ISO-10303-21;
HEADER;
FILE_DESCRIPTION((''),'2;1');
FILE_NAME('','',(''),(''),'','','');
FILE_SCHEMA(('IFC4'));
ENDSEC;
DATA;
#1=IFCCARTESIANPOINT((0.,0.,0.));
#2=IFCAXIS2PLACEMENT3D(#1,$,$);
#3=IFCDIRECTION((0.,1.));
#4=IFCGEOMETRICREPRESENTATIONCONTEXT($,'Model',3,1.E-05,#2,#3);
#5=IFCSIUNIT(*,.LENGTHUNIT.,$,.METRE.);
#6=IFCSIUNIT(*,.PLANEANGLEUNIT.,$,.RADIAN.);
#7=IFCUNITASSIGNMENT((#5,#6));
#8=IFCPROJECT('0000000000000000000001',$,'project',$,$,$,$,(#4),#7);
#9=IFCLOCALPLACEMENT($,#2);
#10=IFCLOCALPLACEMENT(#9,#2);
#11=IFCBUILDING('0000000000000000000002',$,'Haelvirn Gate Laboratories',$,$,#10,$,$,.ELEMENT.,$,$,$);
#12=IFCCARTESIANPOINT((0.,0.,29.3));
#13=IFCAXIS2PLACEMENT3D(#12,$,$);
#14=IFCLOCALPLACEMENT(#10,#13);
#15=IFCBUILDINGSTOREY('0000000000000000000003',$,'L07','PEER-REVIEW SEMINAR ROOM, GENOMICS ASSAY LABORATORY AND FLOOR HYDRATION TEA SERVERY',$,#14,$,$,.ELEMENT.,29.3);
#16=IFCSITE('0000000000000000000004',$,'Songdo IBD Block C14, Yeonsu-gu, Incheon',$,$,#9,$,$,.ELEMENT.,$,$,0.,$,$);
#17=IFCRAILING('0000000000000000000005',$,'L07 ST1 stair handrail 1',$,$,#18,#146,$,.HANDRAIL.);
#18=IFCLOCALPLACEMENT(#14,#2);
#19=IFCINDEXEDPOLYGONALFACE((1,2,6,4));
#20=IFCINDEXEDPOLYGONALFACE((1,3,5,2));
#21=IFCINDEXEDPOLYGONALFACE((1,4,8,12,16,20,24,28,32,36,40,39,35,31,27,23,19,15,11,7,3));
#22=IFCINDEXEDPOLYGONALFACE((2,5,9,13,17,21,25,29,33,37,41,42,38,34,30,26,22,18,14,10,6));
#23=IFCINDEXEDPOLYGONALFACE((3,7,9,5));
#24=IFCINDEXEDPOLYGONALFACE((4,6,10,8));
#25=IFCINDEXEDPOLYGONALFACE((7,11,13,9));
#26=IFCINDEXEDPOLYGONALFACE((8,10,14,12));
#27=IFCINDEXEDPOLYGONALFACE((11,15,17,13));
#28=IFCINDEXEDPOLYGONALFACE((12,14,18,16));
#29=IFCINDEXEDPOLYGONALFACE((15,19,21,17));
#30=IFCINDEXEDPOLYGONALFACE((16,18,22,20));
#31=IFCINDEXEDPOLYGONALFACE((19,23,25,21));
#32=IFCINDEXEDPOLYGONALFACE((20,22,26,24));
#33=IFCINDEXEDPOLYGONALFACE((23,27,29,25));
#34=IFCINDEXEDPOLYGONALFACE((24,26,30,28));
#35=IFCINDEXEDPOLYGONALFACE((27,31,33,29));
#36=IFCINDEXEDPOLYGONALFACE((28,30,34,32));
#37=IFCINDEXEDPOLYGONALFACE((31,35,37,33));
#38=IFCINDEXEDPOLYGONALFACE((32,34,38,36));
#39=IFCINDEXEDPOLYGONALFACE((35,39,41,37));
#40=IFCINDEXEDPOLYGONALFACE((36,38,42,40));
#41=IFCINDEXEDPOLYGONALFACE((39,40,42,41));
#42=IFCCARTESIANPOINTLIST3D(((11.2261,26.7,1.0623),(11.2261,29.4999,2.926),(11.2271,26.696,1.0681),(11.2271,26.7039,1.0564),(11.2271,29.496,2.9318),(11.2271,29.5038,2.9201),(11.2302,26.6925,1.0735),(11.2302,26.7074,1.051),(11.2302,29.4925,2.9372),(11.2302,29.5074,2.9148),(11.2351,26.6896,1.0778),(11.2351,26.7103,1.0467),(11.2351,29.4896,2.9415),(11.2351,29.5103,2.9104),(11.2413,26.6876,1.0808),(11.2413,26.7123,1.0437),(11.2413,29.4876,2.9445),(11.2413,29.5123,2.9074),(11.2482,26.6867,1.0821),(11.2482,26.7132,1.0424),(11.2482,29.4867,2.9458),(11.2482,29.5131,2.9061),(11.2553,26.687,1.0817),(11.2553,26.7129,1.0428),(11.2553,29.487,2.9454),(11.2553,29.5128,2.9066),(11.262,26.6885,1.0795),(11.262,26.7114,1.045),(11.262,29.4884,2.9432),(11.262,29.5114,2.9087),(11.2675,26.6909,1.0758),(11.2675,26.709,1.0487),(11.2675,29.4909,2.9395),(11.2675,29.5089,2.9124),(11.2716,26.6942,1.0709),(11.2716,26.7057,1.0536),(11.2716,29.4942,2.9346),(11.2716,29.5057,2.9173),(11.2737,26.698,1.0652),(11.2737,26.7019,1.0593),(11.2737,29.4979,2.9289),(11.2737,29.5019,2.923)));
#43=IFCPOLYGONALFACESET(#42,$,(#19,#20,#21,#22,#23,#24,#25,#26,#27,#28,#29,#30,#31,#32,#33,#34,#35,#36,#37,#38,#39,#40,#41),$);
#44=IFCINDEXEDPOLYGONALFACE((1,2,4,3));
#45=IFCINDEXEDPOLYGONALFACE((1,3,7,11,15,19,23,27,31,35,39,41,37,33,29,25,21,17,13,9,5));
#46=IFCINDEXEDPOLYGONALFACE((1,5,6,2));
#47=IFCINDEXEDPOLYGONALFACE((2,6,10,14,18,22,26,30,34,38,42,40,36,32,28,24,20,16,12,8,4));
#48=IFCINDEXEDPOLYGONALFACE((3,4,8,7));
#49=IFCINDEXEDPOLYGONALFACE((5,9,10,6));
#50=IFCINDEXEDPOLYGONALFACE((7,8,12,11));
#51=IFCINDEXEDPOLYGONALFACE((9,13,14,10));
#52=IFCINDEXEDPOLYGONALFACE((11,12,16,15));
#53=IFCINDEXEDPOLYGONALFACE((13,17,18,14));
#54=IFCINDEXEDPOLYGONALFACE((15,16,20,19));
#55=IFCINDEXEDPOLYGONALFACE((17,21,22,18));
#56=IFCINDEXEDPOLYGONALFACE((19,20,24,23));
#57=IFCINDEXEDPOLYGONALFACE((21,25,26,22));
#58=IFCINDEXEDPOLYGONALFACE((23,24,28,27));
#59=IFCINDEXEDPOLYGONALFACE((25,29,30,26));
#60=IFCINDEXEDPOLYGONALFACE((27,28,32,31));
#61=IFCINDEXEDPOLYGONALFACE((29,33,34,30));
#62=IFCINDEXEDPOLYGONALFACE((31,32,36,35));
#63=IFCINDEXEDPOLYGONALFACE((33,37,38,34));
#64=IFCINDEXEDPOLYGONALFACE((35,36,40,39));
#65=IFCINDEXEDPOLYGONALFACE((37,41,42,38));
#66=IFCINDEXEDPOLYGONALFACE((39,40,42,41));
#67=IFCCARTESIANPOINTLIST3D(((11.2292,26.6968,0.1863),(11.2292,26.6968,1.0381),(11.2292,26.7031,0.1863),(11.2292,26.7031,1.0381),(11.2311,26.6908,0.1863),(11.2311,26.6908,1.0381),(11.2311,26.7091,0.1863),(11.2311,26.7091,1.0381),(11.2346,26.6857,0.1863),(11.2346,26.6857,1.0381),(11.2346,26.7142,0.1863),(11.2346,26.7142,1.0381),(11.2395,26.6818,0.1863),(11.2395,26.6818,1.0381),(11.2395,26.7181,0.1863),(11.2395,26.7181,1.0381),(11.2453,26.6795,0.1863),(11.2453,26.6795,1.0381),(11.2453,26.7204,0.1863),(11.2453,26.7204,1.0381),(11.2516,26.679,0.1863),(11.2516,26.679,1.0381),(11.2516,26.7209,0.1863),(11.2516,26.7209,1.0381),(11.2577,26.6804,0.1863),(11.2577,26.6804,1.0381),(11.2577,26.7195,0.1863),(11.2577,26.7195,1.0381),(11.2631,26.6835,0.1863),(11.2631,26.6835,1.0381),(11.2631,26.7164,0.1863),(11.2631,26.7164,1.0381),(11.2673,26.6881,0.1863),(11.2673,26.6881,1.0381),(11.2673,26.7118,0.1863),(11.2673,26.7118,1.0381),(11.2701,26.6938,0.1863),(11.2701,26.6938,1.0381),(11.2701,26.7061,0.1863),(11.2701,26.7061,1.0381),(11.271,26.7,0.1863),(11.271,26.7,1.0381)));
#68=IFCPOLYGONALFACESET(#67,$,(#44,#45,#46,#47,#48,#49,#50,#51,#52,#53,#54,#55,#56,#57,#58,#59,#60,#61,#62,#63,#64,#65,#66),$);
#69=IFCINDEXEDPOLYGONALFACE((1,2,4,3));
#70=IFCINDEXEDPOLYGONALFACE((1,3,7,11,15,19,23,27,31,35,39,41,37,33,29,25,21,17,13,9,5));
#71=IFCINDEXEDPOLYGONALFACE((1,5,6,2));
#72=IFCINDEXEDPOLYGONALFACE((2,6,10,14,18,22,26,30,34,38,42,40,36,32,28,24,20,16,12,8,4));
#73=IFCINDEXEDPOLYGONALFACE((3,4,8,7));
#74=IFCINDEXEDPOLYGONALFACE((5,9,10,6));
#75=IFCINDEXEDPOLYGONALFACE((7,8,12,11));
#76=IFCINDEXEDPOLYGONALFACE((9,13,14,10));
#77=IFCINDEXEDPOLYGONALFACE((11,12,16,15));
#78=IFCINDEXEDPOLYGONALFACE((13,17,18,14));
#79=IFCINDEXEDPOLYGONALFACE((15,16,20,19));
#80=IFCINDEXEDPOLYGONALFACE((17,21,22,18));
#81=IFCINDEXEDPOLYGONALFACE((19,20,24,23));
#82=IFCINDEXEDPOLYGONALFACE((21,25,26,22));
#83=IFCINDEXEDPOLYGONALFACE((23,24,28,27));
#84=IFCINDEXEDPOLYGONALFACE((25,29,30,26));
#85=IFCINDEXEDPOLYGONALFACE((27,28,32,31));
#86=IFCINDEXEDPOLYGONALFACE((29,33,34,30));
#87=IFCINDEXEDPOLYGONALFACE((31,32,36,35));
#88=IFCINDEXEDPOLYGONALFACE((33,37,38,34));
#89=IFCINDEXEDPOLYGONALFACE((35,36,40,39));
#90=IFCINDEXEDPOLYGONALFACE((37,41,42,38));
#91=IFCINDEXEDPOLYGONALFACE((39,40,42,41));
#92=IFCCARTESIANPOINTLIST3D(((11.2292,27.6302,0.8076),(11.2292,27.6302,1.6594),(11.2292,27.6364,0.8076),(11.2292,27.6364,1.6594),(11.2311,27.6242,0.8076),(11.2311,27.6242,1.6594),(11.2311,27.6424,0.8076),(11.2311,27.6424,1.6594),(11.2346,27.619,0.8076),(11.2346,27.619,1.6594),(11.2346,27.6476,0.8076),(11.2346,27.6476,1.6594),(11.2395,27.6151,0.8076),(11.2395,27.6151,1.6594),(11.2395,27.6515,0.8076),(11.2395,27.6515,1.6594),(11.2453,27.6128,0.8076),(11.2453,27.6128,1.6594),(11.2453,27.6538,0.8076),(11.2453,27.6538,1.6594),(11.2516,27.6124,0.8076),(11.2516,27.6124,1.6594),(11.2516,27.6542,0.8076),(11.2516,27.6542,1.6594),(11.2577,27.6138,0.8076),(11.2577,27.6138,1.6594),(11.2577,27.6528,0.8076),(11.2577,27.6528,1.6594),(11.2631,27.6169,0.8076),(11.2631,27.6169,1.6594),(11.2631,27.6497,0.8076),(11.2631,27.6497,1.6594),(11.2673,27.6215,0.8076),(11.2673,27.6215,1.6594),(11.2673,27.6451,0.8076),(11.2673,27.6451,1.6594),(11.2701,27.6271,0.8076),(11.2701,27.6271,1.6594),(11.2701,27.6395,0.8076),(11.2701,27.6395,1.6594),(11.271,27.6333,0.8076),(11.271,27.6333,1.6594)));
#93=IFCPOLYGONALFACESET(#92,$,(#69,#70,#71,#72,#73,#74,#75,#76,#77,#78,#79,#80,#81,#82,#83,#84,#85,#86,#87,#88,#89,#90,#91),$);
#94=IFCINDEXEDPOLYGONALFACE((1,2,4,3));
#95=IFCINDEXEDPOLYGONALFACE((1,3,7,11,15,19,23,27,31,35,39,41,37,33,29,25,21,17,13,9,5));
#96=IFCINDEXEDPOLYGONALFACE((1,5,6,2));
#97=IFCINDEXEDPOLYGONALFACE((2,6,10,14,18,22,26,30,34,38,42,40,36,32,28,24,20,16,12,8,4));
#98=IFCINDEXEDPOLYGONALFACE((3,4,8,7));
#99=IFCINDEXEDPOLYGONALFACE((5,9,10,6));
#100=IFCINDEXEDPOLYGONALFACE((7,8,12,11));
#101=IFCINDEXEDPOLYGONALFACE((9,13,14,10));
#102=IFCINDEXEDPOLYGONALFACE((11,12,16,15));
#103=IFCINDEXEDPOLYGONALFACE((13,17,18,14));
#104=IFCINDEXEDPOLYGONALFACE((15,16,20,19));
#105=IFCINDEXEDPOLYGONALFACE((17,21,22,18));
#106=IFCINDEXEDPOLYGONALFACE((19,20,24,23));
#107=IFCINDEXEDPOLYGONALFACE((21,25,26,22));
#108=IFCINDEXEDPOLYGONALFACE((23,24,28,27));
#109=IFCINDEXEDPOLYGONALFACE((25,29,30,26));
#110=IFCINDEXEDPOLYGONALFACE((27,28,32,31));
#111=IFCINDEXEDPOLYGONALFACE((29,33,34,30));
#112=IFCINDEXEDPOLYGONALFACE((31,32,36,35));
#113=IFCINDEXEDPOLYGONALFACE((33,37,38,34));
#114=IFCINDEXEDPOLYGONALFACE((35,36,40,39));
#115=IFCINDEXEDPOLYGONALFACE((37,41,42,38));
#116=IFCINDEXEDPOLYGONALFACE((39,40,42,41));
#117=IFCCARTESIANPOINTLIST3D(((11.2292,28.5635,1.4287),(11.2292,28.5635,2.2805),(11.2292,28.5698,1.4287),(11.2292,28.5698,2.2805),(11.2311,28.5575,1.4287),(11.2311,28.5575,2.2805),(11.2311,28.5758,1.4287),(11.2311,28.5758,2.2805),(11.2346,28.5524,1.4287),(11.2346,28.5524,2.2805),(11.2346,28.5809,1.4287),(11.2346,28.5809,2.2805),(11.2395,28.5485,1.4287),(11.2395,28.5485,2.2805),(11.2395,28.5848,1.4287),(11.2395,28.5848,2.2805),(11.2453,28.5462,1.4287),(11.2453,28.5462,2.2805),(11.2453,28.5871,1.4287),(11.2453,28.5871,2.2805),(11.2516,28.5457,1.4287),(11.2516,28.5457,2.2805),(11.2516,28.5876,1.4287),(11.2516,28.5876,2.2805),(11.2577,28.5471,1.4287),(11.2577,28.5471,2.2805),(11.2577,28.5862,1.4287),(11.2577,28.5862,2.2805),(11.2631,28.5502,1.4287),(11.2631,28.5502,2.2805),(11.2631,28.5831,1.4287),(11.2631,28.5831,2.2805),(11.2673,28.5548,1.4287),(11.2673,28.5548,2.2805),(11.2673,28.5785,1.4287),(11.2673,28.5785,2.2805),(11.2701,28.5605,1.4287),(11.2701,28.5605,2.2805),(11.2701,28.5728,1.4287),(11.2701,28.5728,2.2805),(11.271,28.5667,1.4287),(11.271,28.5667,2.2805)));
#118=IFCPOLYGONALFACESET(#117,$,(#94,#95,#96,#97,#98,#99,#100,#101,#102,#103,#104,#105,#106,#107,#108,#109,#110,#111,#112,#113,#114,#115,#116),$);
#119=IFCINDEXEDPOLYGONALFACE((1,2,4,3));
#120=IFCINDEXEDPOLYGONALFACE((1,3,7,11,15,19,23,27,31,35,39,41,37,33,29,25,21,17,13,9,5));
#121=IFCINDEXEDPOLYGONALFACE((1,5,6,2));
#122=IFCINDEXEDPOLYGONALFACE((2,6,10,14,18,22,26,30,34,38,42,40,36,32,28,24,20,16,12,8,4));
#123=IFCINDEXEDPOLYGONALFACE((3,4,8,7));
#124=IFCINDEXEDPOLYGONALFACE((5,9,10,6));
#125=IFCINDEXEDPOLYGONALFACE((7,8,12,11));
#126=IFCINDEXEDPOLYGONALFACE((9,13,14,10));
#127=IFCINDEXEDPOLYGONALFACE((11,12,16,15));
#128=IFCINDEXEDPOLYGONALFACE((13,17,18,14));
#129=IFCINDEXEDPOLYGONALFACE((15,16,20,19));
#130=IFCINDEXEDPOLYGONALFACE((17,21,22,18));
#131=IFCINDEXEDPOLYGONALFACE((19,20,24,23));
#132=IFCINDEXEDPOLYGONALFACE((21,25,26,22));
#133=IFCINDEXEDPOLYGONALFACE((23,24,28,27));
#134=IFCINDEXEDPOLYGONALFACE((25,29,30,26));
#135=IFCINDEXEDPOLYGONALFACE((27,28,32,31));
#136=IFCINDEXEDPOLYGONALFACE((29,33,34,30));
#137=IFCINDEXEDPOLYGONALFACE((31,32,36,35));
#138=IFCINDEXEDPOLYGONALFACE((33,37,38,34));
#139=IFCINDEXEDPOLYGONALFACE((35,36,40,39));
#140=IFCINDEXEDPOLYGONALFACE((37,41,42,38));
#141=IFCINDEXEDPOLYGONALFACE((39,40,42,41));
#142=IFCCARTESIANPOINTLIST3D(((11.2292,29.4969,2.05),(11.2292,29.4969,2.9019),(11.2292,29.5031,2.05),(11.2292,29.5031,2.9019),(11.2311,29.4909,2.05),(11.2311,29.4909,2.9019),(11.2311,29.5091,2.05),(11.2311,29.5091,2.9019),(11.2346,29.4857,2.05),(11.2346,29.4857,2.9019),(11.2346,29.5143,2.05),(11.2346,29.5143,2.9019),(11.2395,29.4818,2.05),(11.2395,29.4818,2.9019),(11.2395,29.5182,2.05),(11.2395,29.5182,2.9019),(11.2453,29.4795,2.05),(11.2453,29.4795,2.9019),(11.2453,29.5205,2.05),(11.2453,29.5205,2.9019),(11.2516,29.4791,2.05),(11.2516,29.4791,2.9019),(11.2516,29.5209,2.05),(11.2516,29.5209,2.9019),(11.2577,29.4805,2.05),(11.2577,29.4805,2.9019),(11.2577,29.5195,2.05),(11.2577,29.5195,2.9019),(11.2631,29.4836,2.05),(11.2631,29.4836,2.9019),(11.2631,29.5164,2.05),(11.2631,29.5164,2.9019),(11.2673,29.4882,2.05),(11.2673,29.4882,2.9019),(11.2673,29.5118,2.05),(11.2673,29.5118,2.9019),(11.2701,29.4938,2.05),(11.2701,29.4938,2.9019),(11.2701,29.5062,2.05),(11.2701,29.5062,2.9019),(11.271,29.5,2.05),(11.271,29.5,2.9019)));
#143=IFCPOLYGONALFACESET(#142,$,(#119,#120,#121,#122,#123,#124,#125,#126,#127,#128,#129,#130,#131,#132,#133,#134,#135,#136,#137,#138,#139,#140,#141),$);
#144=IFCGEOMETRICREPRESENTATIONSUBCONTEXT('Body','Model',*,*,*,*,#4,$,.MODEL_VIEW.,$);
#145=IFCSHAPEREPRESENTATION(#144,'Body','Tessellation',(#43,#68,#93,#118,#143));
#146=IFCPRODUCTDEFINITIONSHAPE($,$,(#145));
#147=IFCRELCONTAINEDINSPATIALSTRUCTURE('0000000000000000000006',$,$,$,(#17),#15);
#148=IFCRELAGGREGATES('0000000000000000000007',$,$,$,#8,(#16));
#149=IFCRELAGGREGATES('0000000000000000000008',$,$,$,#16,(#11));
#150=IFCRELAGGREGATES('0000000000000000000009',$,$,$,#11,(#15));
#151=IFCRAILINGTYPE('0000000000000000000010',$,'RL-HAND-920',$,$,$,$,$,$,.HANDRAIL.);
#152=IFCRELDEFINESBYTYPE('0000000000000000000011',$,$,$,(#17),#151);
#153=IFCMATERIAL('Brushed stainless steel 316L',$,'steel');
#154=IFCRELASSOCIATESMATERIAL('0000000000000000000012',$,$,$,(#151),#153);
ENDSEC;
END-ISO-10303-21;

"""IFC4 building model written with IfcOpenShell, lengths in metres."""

from ifc_helpers import new_model, si_unit, direction, frame, origin, origin_2d, place, context, subcontext, project, spatial, circle, extrude, source, transform, mapped, material, type_object, element, save


model = new_model("IFC4")

# Units and contexts
model_context = context("Model", 3, precision=1e-05, world=origin(), true_north=direction((0.0, 1.0)))
body_context = subcontext(model_context, "Body", "Model", "MODEL_VIEW")
ifc_project = project(units=[si_unit("LENGTHUNIT", "METRE"), si_unit("PLANEANGLEUNIT", "RADIAN")], contexts=[model_context])

# Site, building, storey
site_placement = place(None, origin())
site = spatial("IfcSite", under=ifc_project, at=site_placement, Name="Songdo IBD Block C14, Yeonsu-gu, Incheon", CompositionType="ELEMENT", RefElevation=0.0)
building_placement = place(site_placement, origin())
building = spatial("IfcBuilding", under=site, at=building_placement, Name="Haelvirn Gate Laboratories", CompositionType="ELEMENT")
storey_placement = place(building_placement, frame((0.0, 0.0, 29.3)))
storey = spatial("IfcBuildingStorey", under=building, at=storey_placement, Name="L07", Description="PEER-REVIEW SEMINAR ROOM, GENOMICS ASSAY LABORATORY AND FLOOR HYDRATION TEA SERVERY", CompositionType="ELEMENT", Elevation=29.3)

# Railing
ifc_material_1 = material(Name="Brushed stainless steel 316L", Category="steel")
railing_type_1 = type_object("IfcRailingType", Name="RL-HAND-920", PredefinedType="HANDRAIL", material=ifc_material_1)
shared_shape_1 = source(origin(), body_context, "Body", "SweptSolid", [
    extrude(circle(Radius=0.0239, at=origin_2d()), frame((0.0, 0.0, 0.876), z_axis=(0.0, 0.832452, 0.554097), x_axis=(-1.0, 0.0, 0.0)), (0.0, 0.0, 1.0), 3.3635),
    extrude(circle(Radius=0.021, at=origin_2d()), origin(), (0.0, 0.0, 1.0), 0.8518),
    extrude(circle(Radius=0.021, at=origin_2d()), frame((0.0, 0.9333, 0.6213)), (0.0, 0.0, 1.0), 0.8518),
    extrude(circle(Radius=0.021, at=origin_2d()), frame((0.0, 1.8667, 1.2424)), (0.0, 0.0, 1.0), 0.8518),
    extrude(circle(Radius=0.021, at=origin_2d()), frame((0.0, 2.8, 1.8638)), (0.0, 0.0, 1.0), 0.8518),
])
railing_1_placement = place(storey_placement, frame((11.25, 26.7, 0.1863)))
element("IfcRailing", 1, at=railing_1_placement, inside=storey, type_object=railing_type_1, Name="L07 ST1 stair handrail 1", PredefinedType="HANDRAIL", context=body_context, shape_type="MappedRepresentation", body=[
    mapped(shared_shape_1, transform((0.0, 0.0, 0.0), scale=1.0)),
])

save(model, "model.ifc")
